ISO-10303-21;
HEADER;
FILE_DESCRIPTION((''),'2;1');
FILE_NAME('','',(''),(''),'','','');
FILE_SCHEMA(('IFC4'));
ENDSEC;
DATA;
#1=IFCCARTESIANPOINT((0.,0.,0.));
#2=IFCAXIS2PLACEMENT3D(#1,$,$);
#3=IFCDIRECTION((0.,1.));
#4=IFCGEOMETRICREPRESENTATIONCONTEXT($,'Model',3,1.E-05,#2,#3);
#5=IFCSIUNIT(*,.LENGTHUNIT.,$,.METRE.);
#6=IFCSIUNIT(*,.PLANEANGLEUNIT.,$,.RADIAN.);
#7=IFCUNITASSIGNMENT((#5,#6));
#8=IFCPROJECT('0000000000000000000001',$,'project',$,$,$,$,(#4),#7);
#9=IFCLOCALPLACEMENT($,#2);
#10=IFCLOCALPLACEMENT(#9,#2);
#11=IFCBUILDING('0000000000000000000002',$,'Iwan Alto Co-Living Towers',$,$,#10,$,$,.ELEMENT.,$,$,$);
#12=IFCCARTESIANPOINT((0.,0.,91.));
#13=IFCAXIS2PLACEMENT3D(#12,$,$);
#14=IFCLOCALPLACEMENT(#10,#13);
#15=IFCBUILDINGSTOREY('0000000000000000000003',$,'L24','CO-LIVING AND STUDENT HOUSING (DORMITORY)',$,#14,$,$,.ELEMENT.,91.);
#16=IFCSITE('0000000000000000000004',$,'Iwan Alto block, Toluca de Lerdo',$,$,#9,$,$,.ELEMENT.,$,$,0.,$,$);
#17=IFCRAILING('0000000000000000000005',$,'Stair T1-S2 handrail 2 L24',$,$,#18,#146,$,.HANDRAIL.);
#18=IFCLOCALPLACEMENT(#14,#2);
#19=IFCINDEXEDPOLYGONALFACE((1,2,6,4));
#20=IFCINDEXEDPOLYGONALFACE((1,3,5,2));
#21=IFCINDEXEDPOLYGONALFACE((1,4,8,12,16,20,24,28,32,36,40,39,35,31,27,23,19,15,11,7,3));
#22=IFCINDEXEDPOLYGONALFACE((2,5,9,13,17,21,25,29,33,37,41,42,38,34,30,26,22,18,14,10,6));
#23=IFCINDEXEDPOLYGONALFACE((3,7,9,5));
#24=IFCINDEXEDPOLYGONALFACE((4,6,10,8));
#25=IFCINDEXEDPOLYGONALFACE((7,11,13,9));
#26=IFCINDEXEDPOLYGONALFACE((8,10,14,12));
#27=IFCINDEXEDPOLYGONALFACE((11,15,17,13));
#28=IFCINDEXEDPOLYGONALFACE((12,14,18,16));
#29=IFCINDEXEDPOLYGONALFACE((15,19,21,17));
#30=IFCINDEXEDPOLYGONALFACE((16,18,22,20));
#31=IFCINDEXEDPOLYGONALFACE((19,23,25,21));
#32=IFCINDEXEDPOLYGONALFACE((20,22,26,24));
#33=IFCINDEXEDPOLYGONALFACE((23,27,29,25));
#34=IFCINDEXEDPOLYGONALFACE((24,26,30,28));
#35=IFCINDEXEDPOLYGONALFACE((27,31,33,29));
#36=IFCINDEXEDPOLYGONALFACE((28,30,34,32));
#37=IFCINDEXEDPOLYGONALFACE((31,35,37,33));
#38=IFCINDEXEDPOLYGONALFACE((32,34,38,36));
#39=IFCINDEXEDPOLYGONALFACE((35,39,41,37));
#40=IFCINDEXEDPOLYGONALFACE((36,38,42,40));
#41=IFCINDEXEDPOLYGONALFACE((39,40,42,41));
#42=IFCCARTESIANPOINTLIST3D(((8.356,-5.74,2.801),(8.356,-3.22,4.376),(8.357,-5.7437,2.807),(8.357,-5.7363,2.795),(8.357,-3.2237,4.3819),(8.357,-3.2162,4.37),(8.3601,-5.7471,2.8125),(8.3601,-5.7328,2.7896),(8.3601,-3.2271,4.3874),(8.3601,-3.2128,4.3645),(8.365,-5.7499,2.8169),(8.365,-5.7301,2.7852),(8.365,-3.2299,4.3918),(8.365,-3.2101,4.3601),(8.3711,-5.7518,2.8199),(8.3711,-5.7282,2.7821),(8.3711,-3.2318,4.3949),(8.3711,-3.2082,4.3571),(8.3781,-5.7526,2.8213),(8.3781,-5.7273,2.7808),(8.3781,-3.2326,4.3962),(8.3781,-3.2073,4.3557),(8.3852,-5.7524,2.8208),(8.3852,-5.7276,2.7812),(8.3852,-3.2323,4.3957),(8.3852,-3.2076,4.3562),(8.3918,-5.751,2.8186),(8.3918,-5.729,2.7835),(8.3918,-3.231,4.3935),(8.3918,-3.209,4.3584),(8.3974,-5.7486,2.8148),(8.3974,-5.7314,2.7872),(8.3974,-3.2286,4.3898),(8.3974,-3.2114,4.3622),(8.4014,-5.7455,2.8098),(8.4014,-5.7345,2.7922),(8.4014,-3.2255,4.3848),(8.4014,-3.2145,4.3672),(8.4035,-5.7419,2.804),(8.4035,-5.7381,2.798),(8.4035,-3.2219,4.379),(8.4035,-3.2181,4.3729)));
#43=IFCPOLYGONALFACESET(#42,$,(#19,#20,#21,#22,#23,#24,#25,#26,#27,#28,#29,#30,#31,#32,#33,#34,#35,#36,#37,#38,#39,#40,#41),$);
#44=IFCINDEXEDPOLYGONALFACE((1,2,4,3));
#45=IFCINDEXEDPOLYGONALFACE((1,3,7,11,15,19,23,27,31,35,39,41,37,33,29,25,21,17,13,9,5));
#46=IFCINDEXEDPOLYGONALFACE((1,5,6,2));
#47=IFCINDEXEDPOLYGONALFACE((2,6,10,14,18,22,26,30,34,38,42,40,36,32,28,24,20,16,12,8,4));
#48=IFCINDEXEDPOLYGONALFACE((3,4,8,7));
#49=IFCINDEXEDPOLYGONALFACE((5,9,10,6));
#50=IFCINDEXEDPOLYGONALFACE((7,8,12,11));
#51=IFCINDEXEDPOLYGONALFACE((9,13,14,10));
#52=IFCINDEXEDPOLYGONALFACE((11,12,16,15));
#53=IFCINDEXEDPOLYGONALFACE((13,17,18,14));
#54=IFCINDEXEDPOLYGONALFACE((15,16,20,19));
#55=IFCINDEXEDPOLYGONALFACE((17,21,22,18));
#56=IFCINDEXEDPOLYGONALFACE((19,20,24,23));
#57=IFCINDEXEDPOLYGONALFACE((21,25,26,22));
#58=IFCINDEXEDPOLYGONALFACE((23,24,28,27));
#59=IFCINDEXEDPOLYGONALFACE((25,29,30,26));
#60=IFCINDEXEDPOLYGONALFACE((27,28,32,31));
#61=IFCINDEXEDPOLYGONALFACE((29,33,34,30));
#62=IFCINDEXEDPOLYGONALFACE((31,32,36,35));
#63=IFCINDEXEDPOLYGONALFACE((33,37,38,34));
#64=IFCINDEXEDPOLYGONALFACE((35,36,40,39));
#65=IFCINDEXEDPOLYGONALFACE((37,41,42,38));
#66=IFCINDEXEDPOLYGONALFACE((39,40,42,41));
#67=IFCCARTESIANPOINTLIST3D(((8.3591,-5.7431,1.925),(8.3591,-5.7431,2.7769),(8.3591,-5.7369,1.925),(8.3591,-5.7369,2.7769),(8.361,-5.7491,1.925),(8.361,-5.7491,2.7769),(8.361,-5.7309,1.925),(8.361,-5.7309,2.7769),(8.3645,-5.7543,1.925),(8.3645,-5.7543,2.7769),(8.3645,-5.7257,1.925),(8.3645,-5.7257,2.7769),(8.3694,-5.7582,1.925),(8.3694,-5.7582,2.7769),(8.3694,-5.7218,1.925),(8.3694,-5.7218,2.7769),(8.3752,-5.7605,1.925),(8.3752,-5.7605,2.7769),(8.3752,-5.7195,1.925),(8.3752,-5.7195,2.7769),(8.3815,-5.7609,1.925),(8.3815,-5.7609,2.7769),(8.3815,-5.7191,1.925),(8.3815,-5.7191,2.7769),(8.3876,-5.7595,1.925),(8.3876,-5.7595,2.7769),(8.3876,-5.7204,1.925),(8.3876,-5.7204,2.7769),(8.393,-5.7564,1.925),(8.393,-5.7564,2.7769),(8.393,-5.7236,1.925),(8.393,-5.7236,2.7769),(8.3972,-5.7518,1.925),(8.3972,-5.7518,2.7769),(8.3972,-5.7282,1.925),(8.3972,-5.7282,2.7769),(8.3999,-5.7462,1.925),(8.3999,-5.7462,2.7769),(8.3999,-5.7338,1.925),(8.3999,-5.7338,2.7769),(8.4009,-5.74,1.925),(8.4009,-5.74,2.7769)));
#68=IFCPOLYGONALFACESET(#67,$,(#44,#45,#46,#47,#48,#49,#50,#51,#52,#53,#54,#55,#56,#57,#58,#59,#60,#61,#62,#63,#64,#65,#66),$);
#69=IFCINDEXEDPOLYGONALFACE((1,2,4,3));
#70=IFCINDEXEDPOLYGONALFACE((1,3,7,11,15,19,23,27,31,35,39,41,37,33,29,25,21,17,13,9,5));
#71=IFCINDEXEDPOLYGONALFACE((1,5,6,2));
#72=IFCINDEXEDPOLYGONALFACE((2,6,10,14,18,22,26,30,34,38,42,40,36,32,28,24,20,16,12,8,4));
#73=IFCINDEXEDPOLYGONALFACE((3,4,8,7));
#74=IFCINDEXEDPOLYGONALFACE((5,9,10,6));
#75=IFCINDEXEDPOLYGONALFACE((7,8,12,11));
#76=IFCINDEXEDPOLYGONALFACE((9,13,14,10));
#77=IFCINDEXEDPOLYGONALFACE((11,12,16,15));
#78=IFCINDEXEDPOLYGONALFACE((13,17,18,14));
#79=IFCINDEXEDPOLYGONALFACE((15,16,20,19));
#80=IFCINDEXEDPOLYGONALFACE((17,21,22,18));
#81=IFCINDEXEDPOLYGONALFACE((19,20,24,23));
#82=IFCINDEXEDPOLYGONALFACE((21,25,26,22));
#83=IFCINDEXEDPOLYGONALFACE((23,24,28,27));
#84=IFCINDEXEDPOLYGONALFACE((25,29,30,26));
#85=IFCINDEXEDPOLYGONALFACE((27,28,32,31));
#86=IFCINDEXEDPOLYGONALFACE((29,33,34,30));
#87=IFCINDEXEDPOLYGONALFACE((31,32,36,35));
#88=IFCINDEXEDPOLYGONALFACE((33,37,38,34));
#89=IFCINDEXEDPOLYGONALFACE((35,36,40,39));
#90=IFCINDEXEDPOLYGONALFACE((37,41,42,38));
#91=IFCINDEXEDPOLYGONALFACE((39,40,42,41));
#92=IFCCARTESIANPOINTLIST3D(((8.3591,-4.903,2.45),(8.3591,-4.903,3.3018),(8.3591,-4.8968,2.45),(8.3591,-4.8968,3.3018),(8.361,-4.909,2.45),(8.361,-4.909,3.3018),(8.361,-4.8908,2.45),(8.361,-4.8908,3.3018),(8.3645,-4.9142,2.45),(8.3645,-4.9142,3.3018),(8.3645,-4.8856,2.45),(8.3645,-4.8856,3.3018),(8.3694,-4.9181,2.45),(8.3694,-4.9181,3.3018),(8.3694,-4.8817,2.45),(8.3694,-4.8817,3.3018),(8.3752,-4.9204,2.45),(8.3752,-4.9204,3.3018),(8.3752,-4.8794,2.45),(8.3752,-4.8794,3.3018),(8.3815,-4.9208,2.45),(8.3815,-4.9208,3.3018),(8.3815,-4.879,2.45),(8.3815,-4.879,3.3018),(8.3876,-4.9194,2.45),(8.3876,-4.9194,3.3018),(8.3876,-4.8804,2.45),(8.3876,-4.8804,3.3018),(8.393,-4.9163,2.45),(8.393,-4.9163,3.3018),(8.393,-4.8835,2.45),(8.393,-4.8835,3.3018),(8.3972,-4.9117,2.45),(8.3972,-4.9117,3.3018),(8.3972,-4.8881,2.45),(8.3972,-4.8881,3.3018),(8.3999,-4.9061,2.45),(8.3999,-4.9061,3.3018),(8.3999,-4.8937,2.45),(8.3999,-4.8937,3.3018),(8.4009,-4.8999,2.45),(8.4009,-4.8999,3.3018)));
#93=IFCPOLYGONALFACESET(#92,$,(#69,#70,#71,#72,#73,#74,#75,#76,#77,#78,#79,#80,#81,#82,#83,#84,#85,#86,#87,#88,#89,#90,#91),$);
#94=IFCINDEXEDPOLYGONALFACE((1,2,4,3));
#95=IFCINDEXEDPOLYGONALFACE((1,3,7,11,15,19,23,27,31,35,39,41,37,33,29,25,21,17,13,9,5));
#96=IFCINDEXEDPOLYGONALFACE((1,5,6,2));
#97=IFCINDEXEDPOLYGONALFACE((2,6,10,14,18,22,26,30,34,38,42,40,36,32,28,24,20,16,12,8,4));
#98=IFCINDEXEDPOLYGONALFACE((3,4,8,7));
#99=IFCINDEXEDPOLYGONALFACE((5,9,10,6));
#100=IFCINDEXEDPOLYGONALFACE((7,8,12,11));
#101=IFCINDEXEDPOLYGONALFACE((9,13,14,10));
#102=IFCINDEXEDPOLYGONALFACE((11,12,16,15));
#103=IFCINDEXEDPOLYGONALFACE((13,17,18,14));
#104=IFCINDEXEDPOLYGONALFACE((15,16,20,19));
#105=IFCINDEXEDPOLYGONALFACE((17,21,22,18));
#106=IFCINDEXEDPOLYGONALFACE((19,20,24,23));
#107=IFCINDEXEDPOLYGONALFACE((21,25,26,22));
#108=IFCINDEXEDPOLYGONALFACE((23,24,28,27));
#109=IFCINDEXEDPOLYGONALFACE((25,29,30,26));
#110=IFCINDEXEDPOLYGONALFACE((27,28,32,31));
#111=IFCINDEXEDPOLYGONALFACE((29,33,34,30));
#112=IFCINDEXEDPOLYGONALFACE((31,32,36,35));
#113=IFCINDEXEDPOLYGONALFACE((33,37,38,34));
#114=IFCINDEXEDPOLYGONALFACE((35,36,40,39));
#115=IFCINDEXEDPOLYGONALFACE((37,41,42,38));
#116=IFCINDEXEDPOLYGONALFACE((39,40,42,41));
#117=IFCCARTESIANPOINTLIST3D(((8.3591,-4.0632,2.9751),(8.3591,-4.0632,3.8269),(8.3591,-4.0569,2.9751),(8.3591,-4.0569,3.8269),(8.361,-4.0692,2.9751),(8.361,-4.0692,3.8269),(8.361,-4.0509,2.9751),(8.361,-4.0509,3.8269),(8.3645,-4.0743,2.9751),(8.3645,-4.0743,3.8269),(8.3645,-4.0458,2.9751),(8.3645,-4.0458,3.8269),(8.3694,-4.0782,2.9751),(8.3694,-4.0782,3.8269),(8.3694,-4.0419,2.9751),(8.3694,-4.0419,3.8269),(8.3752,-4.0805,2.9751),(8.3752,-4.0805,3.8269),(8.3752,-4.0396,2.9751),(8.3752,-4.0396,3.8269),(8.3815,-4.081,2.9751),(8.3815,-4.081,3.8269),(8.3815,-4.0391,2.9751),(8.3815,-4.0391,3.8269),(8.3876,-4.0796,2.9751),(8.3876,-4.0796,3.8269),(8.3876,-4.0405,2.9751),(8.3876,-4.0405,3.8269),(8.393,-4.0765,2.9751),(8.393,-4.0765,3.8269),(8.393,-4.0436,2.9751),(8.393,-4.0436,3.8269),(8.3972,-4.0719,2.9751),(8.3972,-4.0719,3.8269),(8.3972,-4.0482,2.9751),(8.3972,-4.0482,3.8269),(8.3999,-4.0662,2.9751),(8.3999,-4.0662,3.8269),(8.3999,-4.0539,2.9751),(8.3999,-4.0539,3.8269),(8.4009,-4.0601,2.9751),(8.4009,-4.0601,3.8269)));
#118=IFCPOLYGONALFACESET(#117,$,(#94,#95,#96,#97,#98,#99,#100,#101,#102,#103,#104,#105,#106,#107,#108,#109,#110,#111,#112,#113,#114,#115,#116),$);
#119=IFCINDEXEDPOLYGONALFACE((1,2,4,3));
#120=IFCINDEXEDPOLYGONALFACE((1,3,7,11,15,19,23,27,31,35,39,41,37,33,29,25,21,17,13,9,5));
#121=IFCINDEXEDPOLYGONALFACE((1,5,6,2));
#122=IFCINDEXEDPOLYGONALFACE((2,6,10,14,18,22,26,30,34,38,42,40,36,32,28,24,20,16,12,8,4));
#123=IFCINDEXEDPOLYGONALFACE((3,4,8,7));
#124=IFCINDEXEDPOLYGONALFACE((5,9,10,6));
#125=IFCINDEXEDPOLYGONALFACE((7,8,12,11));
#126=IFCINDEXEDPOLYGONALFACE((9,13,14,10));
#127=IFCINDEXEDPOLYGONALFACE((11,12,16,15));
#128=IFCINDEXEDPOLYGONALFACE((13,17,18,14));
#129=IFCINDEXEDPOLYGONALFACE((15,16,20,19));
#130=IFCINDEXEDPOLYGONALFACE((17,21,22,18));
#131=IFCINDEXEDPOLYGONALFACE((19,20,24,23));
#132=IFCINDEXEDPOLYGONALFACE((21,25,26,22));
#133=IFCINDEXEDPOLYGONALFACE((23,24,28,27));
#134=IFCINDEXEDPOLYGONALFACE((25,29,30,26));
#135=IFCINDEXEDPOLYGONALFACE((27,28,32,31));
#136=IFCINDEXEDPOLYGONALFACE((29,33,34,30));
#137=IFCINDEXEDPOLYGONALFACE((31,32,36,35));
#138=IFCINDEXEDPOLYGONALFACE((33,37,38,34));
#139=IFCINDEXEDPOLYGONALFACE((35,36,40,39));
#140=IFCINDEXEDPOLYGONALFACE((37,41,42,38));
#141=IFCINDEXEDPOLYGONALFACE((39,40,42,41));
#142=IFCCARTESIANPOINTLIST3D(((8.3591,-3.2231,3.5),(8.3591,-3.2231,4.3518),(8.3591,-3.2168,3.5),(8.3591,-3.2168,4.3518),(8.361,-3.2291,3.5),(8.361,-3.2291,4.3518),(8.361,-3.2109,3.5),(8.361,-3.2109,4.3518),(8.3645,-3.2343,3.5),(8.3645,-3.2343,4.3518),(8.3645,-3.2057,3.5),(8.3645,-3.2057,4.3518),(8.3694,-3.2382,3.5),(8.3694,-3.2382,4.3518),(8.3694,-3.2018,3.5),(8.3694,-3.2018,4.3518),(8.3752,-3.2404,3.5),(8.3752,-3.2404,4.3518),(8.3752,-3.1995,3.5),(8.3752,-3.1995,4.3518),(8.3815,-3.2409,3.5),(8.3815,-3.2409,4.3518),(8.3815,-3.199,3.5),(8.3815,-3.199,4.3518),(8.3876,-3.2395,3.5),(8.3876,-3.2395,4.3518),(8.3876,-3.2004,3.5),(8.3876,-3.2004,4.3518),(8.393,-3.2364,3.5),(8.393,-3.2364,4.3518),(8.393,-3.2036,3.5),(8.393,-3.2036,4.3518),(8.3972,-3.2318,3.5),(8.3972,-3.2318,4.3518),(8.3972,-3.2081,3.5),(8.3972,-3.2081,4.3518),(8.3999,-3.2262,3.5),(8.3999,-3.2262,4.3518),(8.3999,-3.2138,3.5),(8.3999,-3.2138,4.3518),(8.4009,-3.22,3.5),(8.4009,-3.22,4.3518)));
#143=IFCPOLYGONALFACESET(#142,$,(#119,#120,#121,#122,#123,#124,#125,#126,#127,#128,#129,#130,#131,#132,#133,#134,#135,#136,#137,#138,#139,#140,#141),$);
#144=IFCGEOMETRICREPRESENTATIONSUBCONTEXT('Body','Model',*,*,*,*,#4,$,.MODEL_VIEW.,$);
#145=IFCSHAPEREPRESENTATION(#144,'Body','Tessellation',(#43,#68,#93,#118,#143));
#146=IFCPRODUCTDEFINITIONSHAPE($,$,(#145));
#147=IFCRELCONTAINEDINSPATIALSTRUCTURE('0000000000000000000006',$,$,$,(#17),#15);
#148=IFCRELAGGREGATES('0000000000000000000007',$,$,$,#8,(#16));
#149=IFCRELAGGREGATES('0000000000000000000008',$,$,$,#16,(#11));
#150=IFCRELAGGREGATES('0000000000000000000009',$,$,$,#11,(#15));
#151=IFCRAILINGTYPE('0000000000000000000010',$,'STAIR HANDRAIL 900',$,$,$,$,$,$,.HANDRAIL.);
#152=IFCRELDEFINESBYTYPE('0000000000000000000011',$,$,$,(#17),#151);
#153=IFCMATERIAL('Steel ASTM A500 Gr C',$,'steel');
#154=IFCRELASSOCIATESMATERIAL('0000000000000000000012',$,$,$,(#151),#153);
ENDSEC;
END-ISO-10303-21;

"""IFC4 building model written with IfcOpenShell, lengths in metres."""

from ifc_helpers import new_model, si_unit, direction, frame, origin, origin_2d, place, context, subcontext, project, spatial, circle, extrude, material, type_object, element, save


model = new_model("IFC4")

# Units and contexts
model_context = context("Model", 3, precision=1e-05, world=origin(), true_north=direction((0.0, 1.0)))
body_context = subcontext(model_context, "Body", "Model", "MODEL_VIEW")
ifc_project = project(units=[si_unit("LENGTHUNIT", "METRE"), si_unit("PLANEANGLEUNIT", "RADIAN")], contexts=[model_context])

# Site, building, storey
site_placement = place(None, origin())
site = spatial("IfcSite", under=ifc_project, at=site_placement, Name="Iwan Alto block, Toluca de Lerdo", CompositionType="ELEMENT", RefElevation=0.0)
building_placement = place(site_placement, origin())
building = spatial("IfcBuilding", under=site, at=building_placement, Name="Iwan Alto Co-Living Towers", CompositionType="ELEMENT")
storey_placement = place(building_placement, frame((0.0, 0.0, 91.0)))
storey = spatial("IfcBuildingStorey", under=building, at=storey_placement, Name="L24", Description="CO-LIVING AND STUDENT HOUSING (DORMITORY)", CompositionType="ELEMENT", Elevation=91.0)

# Railing
ifc_material_1 = material(Name="Steel ASTM A500 Gr C", Category="steel")
railing_type_1 = type_object("IfcRailingType", Name="STAIR HANDRAIL 900", PredefinedType="HANDRAIL", material=ifc_material_1)
railing_1_placement = place(storey_placement, frame((8.3799, -5.74, 1.925)))
element("IfcRailing", 1, at=railing_1_placement, inside=storey, type_object=railing_type_1, Name="Stair T1-S2 handrail 2 L24", PredefinedType="HANDRAIL", context=body_context, shape_type="SweptSolid", body=[
    extrude(circle(Radius=0.0239, at=origin_2d()), frame((0.0, 0.0, 0.876), z_axis=(0.0, 0.848008, 0.529984), x_axis=(-1.0, 0.0, 0.0)), (0.0, 0.0, 1.0), 2.9717),
    extrude(circle(Radius=0.021, at=origin_2d()), origin(), (0.0, 0.0, 1.0), 0.8518),
    extrude(circle(Radius=0.021, at=origin_2d()), frame((0.0, 0.8401, 0.5249)), (0.0, 0.0, 1.0), 0.8518),
    extrude(circle(Radius=0.021, at=origin_2d()), frame((0.0, 1.6799, 1.05)), (0.0, 0.0, 1.0), 0.8518),
    extrude(circle(Radius=0.021, at=origin_2d()), frame((0.0, 2.52, 1.575)), (0.0, 0.0, 1.0), 0.8518),
])

save(model, "model.ifc")
